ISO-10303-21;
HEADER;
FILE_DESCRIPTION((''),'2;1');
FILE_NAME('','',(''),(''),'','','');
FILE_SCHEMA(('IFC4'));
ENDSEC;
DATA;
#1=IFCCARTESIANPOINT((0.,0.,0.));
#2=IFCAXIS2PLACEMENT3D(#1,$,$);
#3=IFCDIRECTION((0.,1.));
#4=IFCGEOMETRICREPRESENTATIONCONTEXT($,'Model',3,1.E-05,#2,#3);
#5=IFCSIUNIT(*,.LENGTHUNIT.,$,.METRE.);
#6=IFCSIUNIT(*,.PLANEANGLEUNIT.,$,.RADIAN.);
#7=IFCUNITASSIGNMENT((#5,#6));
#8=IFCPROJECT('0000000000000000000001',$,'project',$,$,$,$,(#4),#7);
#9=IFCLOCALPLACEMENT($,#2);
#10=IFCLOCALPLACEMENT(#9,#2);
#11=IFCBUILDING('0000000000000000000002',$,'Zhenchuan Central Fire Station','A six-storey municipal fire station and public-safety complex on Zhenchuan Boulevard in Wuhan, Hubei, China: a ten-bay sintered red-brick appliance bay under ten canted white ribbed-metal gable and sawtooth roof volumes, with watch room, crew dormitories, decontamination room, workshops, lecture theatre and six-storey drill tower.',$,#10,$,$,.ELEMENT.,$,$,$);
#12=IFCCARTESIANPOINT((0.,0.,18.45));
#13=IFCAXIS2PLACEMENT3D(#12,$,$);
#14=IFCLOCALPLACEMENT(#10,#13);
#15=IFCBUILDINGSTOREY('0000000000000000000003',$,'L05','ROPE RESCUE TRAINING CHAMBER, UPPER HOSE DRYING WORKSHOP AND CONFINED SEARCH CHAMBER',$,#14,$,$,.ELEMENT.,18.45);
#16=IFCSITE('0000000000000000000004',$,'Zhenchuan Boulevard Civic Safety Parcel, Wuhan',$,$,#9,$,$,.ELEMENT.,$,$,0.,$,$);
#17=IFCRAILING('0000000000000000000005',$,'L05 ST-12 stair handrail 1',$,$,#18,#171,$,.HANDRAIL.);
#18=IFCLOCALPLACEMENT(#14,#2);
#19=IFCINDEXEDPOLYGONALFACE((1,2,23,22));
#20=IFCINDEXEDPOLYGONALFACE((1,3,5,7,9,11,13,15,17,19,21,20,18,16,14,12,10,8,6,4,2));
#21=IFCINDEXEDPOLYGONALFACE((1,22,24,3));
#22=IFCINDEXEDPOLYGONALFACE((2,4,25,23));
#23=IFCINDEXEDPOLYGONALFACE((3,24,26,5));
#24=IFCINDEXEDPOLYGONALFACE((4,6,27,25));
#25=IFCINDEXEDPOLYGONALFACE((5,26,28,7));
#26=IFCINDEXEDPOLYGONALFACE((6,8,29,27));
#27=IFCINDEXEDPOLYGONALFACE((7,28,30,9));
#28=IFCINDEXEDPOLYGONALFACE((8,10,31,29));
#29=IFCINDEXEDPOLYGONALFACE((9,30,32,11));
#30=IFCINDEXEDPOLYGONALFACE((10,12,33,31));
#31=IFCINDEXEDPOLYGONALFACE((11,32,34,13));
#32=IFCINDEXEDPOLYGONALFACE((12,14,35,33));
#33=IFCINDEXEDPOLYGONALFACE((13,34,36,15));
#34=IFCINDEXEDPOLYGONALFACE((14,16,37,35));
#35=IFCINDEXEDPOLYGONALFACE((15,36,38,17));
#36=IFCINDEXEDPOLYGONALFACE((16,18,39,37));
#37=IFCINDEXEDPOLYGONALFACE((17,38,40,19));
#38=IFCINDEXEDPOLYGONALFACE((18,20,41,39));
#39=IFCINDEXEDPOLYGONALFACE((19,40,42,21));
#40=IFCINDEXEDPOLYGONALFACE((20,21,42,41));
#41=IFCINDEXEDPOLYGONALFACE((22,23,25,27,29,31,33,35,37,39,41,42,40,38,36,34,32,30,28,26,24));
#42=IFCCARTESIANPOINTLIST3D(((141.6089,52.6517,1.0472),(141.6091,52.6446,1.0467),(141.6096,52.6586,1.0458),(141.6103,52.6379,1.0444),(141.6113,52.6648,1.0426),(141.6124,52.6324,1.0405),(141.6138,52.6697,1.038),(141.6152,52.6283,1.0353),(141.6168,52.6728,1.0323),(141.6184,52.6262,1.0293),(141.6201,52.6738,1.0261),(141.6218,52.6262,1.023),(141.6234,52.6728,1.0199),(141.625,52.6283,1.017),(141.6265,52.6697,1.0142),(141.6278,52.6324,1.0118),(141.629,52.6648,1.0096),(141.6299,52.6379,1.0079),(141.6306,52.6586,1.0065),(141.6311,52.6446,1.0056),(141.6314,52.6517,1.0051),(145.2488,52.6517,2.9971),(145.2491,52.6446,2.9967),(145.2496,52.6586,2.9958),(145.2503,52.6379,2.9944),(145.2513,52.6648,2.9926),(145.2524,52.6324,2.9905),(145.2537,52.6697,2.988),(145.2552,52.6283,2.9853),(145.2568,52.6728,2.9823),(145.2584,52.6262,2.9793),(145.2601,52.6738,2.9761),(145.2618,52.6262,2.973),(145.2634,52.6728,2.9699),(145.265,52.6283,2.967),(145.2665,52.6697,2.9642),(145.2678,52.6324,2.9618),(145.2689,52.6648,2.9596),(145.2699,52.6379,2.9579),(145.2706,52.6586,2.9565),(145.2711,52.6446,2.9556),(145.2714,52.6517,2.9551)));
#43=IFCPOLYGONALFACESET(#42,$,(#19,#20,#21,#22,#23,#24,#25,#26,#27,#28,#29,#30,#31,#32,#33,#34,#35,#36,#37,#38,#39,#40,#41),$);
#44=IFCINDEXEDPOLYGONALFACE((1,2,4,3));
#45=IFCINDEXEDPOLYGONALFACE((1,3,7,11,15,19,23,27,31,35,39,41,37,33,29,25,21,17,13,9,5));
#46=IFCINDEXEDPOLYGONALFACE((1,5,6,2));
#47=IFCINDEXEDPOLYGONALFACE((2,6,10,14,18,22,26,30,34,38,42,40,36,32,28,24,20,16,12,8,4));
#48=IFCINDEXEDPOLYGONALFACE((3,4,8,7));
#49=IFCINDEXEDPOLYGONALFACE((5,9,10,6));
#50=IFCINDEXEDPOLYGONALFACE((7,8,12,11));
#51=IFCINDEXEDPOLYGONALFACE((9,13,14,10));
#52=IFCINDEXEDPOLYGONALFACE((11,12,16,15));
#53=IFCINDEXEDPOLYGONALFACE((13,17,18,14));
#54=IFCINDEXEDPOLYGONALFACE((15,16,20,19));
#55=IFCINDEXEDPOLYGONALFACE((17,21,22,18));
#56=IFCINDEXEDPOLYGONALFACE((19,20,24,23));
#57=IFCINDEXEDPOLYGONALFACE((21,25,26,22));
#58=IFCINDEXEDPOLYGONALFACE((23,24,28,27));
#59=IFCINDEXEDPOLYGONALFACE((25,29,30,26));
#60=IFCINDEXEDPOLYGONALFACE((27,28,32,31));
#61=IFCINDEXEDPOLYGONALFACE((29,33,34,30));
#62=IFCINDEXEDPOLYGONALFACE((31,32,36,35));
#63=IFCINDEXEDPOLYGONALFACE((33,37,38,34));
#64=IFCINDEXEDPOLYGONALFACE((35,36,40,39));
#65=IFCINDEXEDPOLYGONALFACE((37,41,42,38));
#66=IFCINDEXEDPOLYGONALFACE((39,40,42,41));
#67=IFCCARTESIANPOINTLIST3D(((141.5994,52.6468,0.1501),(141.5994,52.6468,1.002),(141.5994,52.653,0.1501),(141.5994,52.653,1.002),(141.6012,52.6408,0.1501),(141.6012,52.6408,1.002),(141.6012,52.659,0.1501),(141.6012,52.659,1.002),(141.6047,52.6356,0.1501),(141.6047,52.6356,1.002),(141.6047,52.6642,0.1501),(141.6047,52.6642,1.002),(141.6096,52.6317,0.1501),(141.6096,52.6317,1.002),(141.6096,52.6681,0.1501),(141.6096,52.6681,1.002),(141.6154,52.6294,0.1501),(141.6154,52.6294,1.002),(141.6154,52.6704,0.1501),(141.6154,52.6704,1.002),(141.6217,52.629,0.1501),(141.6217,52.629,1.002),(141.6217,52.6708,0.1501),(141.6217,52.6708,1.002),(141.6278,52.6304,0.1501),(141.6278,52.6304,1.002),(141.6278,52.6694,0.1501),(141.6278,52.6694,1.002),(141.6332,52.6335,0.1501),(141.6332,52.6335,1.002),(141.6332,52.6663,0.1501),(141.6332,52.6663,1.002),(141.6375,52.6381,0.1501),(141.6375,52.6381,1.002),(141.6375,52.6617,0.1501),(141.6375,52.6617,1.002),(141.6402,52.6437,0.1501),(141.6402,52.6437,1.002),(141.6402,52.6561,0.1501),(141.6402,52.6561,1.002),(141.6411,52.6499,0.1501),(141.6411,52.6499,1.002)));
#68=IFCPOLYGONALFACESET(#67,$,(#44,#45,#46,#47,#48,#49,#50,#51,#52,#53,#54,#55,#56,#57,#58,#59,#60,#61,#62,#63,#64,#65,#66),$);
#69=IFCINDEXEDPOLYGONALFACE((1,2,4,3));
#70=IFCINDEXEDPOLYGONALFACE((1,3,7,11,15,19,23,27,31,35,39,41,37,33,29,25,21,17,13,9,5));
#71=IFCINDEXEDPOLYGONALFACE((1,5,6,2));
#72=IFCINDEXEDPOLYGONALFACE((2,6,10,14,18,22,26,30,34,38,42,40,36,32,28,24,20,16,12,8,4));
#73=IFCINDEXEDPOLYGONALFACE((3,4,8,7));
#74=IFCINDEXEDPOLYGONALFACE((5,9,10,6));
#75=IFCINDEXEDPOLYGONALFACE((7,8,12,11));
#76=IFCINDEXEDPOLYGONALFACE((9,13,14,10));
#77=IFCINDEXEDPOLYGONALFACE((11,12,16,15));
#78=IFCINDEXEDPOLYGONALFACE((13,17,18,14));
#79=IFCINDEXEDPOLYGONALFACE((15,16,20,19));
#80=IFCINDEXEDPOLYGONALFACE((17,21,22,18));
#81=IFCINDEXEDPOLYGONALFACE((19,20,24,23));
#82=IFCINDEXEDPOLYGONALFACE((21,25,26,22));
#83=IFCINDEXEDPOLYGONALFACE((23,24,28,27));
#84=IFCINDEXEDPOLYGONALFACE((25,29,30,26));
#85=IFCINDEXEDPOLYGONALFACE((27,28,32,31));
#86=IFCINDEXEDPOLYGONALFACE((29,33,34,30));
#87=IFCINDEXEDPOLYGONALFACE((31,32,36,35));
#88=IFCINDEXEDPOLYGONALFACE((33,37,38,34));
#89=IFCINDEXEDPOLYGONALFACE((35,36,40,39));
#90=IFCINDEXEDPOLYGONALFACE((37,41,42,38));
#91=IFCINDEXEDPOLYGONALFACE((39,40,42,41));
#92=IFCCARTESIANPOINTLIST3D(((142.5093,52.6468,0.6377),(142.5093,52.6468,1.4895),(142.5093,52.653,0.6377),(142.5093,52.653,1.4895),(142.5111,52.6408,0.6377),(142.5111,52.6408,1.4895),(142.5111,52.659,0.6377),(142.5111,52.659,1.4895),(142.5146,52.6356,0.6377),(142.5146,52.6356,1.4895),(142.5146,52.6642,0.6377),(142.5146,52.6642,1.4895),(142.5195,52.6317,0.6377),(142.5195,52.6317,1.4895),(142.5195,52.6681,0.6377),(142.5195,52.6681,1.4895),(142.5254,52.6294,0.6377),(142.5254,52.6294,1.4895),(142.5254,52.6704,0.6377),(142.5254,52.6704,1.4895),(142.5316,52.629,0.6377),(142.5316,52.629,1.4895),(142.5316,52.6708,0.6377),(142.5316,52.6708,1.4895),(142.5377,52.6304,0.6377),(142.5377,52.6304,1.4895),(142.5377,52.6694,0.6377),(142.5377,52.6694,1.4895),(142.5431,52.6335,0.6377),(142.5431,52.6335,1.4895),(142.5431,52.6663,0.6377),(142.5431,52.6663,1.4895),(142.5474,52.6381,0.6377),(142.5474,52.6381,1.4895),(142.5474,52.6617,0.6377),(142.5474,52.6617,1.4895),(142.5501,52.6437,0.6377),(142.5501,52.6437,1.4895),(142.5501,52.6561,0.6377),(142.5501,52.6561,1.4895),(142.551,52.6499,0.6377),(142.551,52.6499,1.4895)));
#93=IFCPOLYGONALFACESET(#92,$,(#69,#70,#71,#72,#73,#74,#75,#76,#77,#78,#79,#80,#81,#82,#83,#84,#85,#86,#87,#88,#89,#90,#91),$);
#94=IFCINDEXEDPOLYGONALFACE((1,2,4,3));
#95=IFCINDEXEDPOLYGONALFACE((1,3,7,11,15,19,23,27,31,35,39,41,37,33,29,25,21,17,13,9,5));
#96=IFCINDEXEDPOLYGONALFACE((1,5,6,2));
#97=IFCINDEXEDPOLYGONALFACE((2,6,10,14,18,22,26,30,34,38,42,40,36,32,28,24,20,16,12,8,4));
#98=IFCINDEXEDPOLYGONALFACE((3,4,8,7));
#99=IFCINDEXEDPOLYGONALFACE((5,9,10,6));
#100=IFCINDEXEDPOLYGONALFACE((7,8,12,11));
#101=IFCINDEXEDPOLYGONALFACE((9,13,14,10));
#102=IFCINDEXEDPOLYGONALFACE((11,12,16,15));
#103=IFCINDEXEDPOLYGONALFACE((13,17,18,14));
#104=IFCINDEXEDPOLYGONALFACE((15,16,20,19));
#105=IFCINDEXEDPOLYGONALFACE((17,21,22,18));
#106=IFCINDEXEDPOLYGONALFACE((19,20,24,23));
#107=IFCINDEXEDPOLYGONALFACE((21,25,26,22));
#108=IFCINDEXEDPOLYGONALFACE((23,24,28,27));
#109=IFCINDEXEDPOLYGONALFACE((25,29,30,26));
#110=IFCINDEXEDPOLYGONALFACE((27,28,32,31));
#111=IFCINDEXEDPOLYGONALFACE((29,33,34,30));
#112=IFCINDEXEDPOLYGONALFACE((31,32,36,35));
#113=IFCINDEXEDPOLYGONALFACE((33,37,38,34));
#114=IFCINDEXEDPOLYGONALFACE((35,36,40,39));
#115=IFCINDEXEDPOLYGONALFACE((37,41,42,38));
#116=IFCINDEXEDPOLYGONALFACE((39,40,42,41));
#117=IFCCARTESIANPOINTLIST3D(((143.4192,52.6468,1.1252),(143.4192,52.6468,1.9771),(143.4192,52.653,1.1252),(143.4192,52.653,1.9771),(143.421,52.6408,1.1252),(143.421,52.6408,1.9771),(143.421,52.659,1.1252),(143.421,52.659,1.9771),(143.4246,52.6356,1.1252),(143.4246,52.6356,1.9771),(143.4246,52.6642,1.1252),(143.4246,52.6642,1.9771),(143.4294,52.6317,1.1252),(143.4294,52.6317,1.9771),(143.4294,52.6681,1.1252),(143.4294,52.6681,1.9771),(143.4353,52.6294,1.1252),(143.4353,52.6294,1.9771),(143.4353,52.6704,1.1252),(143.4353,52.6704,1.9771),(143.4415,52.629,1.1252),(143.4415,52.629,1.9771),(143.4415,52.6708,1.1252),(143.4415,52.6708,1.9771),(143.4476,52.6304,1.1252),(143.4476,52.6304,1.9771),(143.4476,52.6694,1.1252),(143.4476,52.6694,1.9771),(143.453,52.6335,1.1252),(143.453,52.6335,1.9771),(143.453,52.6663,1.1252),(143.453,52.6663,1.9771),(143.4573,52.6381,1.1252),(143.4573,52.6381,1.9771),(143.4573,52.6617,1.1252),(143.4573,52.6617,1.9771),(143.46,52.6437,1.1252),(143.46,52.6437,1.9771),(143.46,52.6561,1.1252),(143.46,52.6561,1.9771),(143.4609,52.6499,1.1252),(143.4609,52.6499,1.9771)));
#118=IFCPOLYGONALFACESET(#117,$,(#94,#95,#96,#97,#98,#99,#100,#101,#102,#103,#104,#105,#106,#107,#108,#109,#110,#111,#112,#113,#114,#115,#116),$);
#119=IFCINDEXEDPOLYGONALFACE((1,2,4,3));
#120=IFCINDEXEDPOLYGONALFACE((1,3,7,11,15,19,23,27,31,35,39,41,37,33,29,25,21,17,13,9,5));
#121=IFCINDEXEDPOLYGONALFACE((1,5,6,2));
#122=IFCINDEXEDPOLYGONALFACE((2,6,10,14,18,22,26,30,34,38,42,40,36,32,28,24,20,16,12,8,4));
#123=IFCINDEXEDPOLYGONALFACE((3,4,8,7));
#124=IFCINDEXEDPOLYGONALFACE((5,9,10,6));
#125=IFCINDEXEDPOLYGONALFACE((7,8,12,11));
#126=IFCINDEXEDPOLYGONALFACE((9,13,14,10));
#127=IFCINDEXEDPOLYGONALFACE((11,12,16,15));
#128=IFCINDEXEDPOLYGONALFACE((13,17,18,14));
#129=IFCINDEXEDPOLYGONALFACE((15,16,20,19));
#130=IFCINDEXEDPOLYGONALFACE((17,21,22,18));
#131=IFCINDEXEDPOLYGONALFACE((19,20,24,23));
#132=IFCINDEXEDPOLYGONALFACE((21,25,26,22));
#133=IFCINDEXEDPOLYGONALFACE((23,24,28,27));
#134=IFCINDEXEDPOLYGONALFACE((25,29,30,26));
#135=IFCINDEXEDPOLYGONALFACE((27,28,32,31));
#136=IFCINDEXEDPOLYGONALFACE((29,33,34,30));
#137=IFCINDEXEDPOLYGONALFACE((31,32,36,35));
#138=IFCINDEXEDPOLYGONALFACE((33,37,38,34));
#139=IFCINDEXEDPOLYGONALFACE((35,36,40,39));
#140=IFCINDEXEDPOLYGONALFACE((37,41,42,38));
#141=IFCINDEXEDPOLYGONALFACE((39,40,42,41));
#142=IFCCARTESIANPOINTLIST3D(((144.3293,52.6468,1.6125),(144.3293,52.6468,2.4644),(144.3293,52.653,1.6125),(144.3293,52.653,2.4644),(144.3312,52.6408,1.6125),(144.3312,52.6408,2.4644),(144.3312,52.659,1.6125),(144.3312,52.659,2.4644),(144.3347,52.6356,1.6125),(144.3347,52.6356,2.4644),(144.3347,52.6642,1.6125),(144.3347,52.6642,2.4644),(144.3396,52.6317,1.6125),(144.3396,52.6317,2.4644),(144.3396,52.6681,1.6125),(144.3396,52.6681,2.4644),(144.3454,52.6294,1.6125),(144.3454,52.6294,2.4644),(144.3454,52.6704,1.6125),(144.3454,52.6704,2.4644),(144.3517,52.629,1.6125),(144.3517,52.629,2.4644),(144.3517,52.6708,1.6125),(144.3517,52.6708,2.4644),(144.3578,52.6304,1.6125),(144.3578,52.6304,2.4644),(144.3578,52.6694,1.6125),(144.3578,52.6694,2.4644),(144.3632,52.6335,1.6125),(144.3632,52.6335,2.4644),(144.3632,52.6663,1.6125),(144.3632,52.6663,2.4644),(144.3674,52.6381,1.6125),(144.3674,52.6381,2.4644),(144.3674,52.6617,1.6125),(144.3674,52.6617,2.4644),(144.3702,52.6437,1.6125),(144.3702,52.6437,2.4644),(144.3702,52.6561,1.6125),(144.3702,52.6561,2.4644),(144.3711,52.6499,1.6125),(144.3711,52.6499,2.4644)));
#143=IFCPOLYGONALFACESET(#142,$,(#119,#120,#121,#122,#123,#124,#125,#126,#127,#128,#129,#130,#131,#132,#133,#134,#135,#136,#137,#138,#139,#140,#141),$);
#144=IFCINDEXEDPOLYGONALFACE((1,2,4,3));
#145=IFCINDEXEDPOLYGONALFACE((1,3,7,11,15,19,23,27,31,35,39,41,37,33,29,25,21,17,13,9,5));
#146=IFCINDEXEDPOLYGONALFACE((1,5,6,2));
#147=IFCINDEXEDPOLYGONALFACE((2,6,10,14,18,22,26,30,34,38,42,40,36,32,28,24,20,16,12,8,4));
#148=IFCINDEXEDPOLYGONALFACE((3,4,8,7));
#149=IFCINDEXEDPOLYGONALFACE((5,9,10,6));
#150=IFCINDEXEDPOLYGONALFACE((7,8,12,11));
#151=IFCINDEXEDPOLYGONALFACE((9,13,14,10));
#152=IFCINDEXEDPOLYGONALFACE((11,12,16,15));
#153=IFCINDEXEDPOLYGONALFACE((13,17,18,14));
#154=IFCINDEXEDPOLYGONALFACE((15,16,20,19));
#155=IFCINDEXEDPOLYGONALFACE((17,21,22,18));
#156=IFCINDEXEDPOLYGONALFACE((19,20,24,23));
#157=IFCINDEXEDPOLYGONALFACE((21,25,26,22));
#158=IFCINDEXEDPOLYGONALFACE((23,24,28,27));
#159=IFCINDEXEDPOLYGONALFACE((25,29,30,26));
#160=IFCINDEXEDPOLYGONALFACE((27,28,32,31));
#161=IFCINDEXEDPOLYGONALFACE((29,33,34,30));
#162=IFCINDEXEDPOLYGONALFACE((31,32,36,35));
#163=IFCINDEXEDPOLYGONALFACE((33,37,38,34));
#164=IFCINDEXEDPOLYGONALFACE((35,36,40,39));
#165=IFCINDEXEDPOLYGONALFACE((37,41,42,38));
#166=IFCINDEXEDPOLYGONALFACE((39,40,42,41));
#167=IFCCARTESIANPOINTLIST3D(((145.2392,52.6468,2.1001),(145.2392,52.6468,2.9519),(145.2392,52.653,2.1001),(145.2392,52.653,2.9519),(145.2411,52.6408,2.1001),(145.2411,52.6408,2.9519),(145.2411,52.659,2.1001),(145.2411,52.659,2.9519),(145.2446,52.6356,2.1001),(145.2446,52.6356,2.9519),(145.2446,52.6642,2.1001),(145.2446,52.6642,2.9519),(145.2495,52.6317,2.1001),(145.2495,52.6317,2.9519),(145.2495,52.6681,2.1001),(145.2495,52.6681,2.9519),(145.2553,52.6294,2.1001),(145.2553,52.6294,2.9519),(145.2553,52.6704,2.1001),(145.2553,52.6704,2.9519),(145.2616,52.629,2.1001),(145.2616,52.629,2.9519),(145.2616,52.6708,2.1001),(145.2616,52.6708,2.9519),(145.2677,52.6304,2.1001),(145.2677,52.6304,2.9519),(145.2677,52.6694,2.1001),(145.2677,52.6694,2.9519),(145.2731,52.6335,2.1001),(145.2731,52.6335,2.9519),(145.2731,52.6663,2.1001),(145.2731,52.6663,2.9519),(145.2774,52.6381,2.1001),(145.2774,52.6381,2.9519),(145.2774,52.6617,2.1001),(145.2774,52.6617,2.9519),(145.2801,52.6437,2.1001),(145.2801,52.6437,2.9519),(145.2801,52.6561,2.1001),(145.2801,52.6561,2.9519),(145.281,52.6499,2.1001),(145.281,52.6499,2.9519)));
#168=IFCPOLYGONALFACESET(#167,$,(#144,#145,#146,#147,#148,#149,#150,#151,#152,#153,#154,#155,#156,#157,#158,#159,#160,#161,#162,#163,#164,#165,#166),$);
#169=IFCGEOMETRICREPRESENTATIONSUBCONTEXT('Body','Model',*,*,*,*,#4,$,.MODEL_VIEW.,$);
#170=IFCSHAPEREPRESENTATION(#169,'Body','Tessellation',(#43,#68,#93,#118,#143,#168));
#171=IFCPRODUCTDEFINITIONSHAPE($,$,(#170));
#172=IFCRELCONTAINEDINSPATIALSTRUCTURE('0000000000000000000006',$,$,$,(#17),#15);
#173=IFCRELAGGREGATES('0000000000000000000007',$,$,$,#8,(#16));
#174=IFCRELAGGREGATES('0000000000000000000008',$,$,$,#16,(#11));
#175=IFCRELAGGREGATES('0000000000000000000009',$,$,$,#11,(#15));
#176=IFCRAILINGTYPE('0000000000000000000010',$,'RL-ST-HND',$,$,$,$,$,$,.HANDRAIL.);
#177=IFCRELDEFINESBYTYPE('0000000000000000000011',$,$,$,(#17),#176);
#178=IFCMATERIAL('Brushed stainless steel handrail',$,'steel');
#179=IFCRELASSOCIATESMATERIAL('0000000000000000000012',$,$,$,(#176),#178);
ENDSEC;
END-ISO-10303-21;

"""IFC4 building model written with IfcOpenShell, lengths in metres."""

from ifc_helpers import new_model, si_unit, direction, frame, origin, origin_2d, place, context, subcontext, project, spatial, circle, extrude, material, type_object, element, save


model = new_model("IFC4")

# Units and contexts
model_context = context("Model", 3, precision=1e-05, world=origin(), true_north=direction((0.0, 1.0)))
body_context = subcontext(model_context, "Body", "Model", "MODEL_VIEW")
ifc_project = project(units=[si_unit("LENGTHUNIT", "METRE"), si_unit("PLANEANGLEUNIT", "RADIAN")], contexts=[model_context])

# Site, building, storey
site_placement = place(None, origin())
site = spatial("IfcSite", under=ifc_project, at=site_placement, Name="Zhenchuan Boulevard Civic Safety Parcel, Wuhan", CompositionType="ELEMENT", RefElevation=0.0)
building_placement = place(site_placement, origin())
building = spatial("IfcBuilding", under=site, at=building_placement, Name="Zhenchuan Central Fire Station", Description="A six-storey municipal fire station and public-safety complex on Zhenchuan Boulevard in Wuhan, Hubei, China: a ten-bay sintered red-brick appliance bay under ten canted white ribbed-metal gable and sawtooth roof volumes, with watch room, crew dormitories, decontamination room, workshops, lecture theatre and six-storey drill tower.", CompositionType="ELEMENT")
storey_placement = place(building_placement, frame((0.0, 0.0, 18.45)))
storey = spatial("IfcBuildingStorey", under=building, at=storey_placement, Name="L05", Description="ROPE RESCUE TRAINING CHAMBER, UPPER HOSE DRYING WORKSHOP AND CONFINED SEARCH CHAMBER", CompositionType="ELEMENT", Elevation=18.45)

# Railing
ifc_material_1 = material(Name="Brushed stainless steel handrail", Category="steel")
railing_type_1 = type_object("IfcRailingType", Name="RL-ST-HND", PredefinedType="HANDRAIL", material=ifc_material_1)
railing_1_placement = place(storey_placement, frame((141.6201, 52.6499, 0.1501)))
element("IfcRailing", 1, at=railing_1_placement, inside=storey, type_object=railing_type_1, Name="L05 ST-12 stair handrail 1", PredefinedType="HANDRAIL", context=body_context, shape_type="SweptSolid", body=[
    extrude(circle(Radius=0.0239, at=origin_2d()), frame((0.0, 0.0, 0.876), z_axis=(0.881479, 0.0, 0.472223), x_axis=(0.0, 1.0, 0.0)), (0.0, 0.0, 1.0), 4.1294),
    extrude(circle(Radius=0.021, at=origin_2d()), origin(), (0.0, 0.0, 1.0), 0.8518),
    extrude(circle(Radius=0.021, at=origin_2d()), frame((0.9099, 0.0, 0.4875)), (0.0, 0.0, 1.0), 0.8518),
    extrude(circle(Radius=0.021, at=origin_2d()), frame((1.8198, 0.0, 0.9751)), (0.0, 0.0, 1.0), 0.8518),
    extrude(circle(Radius=0.021, at=origin_2d()), frame((2.73, 0.0, 1.4624)), (0.0, 0.0, 1.0), 0.8518),
    extrude(circle(Radius=0.021, at=origin_2d()), frame((3.6399, 0.0, 1.95)), (0.0, 0.0, 1.0), 0.8518),
])

save(model, "model.ifc")
